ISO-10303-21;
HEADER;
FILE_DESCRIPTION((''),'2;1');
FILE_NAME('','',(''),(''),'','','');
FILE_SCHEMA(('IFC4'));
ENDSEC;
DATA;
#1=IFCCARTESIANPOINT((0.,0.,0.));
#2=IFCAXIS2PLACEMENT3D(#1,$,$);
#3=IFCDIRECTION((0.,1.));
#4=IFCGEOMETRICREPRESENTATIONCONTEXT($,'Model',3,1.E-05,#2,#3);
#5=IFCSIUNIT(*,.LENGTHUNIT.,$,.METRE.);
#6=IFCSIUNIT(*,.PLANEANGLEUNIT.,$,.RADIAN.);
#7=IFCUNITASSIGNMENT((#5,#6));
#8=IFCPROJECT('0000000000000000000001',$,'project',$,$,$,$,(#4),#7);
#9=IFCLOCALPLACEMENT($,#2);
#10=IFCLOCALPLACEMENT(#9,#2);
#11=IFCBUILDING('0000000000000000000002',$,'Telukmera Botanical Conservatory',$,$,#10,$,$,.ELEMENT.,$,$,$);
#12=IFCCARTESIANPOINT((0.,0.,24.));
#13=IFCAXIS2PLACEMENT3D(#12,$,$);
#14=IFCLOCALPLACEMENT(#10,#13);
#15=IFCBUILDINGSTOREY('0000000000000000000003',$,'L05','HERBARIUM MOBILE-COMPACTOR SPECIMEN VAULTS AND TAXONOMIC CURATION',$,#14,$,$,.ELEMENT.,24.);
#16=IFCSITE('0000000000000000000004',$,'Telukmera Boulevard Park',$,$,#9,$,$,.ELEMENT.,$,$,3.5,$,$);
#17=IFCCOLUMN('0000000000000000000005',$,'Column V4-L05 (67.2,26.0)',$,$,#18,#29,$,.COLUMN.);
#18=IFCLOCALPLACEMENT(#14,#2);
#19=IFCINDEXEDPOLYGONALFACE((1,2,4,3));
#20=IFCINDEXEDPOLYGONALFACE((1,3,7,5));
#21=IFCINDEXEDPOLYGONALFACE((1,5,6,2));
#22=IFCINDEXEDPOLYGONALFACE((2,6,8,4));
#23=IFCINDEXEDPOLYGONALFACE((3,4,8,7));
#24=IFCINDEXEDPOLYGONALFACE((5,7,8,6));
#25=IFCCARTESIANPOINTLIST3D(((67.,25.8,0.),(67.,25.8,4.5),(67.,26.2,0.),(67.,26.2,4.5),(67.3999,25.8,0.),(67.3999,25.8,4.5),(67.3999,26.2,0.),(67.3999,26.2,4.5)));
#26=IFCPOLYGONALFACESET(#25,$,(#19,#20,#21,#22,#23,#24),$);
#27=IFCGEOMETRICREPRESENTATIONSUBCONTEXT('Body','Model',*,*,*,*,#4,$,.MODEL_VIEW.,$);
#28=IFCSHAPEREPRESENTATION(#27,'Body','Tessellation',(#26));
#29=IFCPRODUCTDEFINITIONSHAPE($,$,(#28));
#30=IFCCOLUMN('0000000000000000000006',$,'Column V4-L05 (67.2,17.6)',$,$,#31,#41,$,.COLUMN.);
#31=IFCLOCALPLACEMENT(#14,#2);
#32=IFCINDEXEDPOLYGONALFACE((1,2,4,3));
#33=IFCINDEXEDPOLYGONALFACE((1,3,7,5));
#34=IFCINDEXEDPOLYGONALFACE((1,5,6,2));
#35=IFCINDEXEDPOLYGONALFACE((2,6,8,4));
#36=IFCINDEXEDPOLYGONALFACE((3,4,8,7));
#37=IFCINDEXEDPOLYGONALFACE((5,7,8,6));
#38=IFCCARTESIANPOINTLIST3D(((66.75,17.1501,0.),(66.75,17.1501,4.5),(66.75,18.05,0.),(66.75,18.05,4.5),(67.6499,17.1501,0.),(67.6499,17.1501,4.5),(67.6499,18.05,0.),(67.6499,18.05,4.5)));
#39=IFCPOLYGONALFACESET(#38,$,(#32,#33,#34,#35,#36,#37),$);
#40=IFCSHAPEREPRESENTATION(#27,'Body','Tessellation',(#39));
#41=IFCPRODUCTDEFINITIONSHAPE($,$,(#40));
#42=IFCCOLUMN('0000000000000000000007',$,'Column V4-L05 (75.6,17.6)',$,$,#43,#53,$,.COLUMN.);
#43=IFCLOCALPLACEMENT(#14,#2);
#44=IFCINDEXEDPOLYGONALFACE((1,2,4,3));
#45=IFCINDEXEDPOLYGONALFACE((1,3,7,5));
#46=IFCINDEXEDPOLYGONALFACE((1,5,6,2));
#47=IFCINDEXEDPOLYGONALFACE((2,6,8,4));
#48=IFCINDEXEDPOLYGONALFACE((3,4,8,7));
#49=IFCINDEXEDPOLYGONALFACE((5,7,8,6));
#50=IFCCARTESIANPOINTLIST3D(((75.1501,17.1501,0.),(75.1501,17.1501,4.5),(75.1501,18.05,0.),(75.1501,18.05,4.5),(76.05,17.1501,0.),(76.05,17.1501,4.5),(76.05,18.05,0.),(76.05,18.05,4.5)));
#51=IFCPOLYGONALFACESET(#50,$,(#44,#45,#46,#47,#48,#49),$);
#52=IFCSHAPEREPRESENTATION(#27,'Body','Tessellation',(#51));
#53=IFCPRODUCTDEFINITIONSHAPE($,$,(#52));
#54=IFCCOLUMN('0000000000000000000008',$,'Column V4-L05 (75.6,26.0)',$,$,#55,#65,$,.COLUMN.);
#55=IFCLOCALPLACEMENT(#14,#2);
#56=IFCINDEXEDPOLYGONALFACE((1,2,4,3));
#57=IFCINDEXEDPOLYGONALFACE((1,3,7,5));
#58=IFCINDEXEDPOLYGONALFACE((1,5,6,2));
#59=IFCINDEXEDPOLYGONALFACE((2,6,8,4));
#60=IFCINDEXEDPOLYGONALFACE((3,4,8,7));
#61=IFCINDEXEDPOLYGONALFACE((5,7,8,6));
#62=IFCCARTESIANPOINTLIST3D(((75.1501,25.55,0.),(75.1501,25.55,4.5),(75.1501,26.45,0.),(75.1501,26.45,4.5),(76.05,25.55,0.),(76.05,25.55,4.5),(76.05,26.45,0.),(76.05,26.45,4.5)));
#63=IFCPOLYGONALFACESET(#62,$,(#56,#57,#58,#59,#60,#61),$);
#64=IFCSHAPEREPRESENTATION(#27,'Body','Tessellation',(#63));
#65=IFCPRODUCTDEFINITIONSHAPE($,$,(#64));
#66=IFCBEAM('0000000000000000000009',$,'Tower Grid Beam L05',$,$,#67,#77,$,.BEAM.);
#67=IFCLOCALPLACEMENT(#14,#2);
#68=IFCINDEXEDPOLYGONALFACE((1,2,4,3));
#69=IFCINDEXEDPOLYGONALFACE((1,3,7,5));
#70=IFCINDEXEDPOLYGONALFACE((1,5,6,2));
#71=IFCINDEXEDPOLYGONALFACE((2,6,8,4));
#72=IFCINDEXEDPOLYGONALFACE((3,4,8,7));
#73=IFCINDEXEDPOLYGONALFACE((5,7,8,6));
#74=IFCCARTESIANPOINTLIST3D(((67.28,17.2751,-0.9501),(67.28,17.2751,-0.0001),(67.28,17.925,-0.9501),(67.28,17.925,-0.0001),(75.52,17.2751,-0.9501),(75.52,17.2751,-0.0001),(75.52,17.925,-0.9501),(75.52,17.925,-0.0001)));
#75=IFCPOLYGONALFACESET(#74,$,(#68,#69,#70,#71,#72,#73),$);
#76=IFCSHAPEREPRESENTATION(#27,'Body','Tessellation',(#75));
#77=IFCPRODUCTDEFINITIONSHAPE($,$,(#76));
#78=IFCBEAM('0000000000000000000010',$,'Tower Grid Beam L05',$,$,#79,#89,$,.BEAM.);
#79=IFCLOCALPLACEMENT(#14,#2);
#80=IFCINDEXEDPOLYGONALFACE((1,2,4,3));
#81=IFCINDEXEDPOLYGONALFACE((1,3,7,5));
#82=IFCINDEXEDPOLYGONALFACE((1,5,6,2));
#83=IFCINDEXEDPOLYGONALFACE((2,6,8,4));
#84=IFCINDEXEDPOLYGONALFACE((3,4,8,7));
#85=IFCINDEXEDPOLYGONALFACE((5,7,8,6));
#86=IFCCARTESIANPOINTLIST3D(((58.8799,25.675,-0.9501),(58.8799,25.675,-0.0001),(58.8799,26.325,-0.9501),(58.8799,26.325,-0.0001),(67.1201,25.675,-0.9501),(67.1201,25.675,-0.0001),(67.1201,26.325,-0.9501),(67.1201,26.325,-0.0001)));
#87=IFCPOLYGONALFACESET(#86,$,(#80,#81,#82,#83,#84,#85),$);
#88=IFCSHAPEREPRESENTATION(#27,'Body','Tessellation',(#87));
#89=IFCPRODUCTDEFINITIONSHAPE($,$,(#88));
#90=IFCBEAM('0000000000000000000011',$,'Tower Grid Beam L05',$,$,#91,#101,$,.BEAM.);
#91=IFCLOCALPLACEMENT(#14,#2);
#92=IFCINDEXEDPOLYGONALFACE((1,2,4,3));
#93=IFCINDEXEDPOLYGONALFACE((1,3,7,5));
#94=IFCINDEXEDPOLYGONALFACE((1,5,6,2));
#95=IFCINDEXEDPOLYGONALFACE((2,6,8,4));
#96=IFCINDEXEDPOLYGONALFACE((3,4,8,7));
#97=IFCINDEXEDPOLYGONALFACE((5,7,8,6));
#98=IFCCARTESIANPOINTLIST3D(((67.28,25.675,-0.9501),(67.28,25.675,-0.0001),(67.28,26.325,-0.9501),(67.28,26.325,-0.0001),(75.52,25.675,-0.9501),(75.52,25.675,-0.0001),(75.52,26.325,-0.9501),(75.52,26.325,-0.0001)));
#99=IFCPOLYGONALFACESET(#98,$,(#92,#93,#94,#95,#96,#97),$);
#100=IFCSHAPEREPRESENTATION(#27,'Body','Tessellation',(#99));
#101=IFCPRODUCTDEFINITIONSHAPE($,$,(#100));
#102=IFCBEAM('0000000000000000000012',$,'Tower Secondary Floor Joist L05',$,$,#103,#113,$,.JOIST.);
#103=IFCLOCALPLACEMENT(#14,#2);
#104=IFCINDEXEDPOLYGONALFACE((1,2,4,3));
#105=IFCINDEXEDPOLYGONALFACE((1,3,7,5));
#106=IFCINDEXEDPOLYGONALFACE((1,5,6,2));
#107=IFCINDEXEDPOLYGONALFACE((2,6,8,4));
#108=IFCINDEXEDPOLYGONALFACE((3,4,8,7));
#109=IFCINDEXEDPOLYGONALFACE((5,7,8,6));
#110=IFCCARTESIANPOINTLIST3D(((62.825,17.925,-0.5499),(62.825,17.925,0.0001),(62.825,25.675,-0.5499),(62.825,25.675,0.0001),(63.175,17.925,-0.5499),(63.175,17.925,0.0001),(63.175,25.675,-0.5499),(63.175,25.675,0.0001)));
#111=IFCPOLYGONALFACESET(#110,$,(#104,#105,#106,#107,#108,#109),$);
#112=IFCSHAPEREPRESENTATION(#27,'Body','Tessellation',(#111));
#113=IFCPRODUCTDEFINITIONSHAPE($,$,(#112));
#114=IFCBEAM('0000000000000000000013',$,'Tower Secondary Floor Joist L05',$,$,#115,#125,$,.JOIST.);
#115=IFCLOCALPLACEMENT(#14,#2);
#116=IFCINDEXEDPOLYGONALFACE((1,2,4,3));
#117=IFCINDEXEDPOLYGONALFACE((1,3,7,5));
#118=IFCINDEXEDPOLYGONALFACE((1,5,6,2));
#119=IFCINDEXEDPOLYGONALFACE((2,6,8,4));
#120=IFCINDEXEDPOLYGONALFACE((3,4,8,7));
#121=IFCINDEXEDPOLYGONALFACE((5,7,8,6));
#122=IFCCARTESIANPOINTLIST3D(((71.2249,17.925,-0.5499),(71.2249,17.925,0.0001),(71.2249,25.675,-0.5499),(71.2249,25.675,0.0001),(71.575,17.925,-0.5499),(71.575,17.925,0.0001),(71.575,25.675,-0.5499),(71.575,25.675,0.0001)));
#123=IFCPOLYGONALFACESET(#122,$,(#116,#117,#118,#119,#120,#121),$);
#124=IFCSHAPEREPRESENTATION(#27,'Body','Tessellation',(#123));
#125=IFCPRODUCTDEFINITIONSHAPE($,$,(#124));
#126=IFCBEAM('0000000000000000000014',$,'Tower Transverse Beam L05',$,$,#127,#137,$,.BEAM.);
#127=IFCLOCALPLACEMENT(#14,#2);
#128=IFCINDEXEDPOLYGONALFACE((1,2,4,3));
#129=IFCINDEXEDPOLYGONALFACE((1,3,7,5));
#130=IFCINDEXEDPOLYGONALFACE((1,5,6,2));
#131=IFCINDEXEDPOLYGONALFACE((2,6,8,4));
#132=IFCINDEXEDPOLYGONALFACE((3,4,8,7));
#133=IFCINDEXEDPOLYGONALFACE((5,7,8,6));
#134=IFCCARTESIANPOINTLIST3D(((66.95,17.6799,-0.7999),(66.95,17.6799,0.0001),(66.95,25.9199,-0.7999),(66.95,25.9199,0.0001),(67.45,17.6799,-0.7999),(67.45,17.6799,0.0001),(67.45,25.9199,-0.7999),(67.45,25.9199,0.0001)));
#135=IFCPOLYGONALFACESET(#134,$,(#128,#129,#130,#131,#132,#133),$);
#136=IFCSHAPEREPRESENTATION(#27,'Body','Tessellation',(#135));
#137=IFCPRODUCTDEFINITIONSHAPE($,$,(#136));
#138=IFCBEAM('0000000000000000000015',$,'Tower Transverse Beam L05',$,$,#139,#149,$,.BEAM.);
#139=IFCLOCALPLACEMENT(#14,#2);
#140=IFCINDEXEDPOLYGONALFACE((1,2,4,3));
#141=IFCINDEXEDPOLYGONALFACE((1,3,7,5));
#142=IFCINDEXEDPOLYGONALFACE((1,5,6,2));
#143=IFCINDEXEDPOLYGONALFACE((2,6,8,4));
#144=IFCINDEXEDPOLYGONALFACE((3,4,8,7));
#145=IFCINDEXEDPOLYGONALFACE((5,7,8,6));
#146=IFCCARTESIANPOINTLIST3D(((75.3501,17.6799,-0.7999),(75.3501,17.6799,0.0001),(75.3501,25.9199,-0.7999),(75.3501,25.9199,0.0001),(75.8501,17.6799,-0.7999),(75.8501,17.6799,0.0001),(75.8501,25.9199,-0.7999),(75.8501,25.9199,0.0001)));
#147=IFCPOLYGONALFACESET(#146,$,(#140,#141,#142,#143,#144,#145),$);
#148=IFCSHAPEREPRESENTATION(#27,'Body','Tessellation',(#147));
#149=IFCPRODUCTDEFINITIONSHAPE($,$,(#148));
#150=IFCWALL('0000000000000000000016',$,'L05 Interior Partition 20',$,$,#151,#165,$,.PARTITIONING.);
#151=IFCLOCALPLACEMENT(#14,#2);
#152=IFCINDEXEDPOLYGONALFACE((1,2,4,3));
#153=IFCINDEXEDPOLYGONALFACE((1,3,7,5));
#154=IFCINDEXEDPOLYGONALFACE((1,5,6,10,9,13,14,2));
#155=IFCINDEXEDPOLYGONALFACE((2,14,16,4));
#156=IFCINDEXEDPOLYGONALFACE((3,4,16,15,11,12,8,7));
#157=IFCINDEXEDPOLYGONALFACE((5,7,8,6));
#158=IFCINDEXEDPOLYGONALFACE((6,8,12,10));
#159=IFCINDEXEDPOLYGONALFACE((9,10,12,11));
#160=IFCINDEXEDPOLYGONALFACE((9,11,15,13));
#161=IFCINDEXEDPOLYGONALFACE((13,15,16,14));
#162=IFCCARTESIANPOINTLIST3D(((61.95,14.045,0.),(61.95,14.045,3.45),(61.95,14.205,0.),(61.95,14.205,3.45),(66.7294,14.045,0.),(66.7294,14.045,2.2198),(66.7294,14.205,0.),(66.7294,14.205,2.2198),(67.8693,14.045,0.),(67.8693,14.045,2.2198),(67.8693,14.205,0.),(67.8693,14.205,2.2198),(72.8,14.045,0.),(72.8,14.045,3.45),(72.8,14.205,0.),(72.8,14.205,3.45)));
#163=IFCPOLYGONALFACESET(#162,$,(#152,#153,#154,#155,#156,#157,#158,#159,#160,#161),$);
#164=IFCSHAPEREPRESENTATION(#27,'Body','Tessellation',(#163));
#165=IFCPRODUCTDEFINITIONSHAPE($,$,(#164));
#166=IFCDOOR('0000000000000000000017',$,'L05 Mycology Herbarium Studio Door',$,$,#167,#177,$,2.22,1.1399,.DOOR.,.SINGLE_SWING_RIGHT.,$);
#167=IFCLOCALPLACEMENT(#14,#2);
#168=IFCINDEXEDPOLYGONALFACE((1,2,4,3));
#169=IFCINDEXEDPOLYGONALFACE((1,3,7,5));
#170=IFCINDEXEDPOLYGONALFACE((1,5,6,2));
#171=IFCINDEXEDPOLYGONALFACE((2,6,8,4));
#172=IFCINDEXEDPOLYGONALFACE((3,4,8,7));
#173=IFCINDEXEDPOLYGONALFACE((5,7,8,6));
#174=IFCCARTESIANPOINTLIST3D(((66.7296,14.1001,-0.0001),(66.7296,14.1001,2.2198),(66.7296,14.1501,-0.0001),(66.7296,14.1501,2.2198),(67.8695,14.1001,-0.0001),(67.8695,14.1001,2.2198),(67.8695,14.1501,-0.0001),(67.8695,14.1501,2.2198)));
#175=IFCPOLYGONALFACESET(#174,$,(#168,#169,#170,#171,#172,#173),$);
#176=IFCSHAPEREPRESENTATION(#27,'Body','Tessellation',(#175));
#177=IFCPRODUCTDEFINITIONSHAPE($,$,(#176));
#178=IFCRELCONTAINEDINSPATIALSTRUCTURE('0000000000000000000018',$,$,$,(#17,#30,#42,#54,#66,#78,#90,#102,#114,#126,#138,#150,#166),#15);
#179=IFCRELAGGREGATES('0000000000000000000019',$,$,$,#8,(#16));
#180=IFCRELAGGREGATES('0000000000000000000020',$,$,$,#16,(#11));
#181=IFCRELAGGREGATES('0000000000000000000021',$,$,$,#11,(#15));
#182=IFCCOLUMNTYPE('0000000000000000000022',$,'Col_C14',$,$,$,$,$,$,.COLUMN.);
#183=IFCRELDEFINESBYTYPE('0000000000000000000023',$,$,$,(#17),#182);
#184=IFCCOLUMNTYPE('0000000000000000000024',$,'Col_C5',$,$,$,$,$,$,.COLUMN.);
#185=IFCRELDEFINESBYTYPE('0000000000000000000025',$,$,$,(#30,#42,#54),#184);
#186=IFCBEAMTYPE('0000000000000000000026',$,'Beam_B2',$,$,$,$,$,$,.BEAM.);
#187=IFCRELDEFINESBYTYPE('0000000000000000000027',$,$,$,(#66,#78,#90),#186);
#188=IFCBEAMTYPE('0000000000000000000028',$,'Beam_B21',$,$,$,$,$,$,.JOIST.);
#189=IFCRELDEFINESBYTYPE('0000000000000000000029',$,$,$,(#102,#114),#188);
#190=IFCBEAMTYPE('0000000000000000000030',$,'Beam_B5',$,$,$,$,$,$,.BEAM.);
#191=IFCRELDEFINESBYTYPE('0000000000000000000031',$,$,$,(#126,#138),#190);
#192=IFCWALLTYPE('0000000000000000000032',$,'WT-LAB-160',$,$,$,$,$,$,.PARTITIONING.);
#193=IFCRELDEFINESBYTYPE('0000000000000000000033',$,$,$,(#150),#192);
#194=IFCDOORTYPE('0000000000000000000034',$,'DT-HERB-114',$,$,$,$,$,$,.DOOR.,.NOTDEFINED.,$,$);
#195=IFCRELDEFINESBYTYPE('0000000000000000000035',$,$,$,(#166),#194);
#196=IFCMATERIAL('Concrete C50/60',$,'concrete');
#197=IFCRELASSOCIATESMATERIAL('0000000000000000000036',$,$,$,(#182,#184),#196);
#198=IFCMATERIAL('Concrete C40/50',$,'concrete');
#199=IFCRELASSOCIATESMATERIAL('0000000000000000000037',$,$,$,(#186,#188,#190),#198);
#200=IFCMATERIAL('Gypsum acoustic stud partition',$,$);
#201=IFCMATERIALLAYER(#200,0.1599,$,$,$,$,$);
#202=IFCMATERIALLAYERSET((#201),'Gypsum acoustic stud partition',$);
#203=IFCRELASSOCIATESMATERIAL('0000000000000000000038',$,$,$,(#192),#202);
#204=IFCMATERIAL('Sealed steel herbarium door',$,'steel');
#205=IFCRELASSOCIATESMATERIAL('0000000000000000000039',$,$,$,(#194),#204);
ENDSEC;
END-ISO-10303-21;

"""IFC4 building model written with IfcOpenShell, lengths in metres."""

from ifc_helpers import new_model, si_unit, direction, frame, frame_2d, origin, origin_2d, place, context, subcontext, project, spatial, rectangle, extrude, material, layer, layer_set, material_profile, profile_set, type_object, element, fill, save


model = new_model("IFC4")

# Units and contexts
model_context = context("Model", 3, precision=1e-05, world=origin(), true_north=direction((0.0, 1.0)))
body_context = subcontext(model_context, "Body", "Model", "MODEL_VIEW")
ifc_project = project(units=[si_unit("LENGTHUNIT", "METRE"), si_unit("PLANEANGLEUNIT", "RADIAN")], contexts=[model_context])

# Site, building, storey
site_placement = place(None, origin())
site = spatial("IfcSite", under=ifc_project, at=site_placement, Name="Telukmera Boulevard Park", CompositionType="ELEMENT", RefElevation=3.5)
building_placement = place(site_placement, origin())
building = spatial("IfcBuilding", under=site, at=building_placement, Name="Telukmera Botanical Conservatory", CompositionType="ELEMENT")
storey_placement = place(building_placement, frame((0.0, 0.0, 24.0)))
storey = spatial("IfcBuildingStorey", under=building, at=storey_placement, Name="L05", Description="HERBARIUM MOBILE-COMPACTOR SPECIMEN VAULTS AND TAXONOMIC CURATION", CompositionType="ELEMENT", Elevation=24.0)

# Columns
ifc_material_1 = material(Name="Concrete C50/60", Category="concrete")
ifc_material_profile_1 = material_profile(ifc_material_1, rectangle(XDim=0.3999, YDim=0.3999, at=origin_2d()), Name="RC 400x400")
ifc_profile_set_1 = profile_set([ifc_material_profile_1], Name="Concrete C50/60")
column_type_1 = type_object("IfcColumnType", Name="Col_C14", PredefinedType="COLUMN", material=ifc_profile_set_1)
column_placement = place(storey_placement, frame((67.2, 26.0, 0.0), z_axis=(0.0, 0.0, 1.0), x_axis=(1.0, 0.0, 0.0)))
element("IfcColumn", 1, at=column_placement, inside=storey, type_object=column_type_1, Name="Column V4-L05 (67.2,26.0)", PredefinedType="COLUMN", context=body_context, shape_type="SweptSolid", body=[
    extrude(rectangle(XDim=0.3999, YDim=0.3999, at=origin_2d()), origin(), (0.0, 0.0, 1.0), 4.5),
])
ifc_material_profile_2 = material_profile(ifc_material_1, rectangle(XDim=0.8999, YDim=0.8999, at=origin_2d()), Name="RC 900x900")
ifc_profile_set_2 = profile_set([ifc_material_profile_2], Name="Concrete C50/60")
column_type_2 = type_object("IfcColumnType", Name="Col_C5", PredefinedType="COLUMN", material=ifc_profile_set_2)
for number, where, z_axis, x_axis, name in (
    (2, (67.2, 17.6001, 0.0), (0.0, 0.0, 1.0), (1.0, 0.0, 0.0), "Column V4-L05 (67.2,17.6)"),
    (3, (75.6001, 17.6001, 0.0), (0.0, 0.0, 1.0), (1.0, 0.0, 0.0), "Column V4-L05 (75.6,17.6)"),
    (4, (75.6001, 26.0, 0.0), (0.0, 0.0, 1.0), (1.0, 0.0, 0.0), "Column V4-L05 (75.6,26.0)"),
):
    element("IfcColumn", number, at=place(storey_placement, frame(where, z_axis=z_axis, x_axis=x_axis)), inside=storey, type_object=column_type_2, Name=name, PredefinedType="COLUMN", context=body_context, shape_type="SweptSolid", body=[
        extrude(rectangle(XDim=0.8999, YDim=0.8999, at=origin_2d()), origin(), (0.0, 0.0, 1.0), 4.5),
    ])

# Beams
ifc_material_2 = material(Name="Concrete C40/50", Category="concrete")
ifc_material_profile_3 = material_profile(ifc_material_2, rectangle(XDim=0.6499, YDim=0.95, at=origin_2d()), Name="RC 650x950")
ifc_profile_set_3 = profile_set([ifc_material_profile_3], Name="Concrete C40/50")
beam_type_1 = type_object("IfcBeamType", Name="Beam_B2", PredefinedType="BEAM", material=ifc_profile_set_3)
beam_1_placement = place(storey_placement, frame((67.28, 17.6001, -0.4751), z_axis=(1.0, 0.0, 0.0), x_axis=(0.0, 1.0, 0.0)))
element("IfcBeam", 5, at=beam_1_placement, inside=storey, type_object=beam_type_1, Name="Tower Grid Beam L05", PredefinedType="BEAM", context=body_context, shape_type="SweptSolid", body=[
    extrude(rectangle(XDim=0.6499, YDim=0.95, at=origin_2d()), origin(), (0.0, 0.0, 1.0), 8.24),
])
beam_2_placement = place(storey_placement, frame((58.8799, 26.0, -0.4751), z_axis=(1.0, 0.0, 0.0), x_axis=(0.0, 1.0, 0.0)))
element("IfcBeam", 6, at=beam_2_placement, inside=storey, type_object=beam_type_1, Name="Tower Grid Beam L05", PredefinedType="BEAM", context=body_context, shape_type="SweptSolid", body=[
    extrude(rectangle(XDim=0.6499, YDim=0.95, at=origin_2d()), origin(), (0.0, 0.0, 1.0), 8.2402),
])
beam_3_placement = place(storey_placement, frame((67.28, 26.0, -0.4751), z_axis=(1.0, 0.0, 0.0), x_axis=(0.0, 1.0, 0.0)))
element("IfcBeam", 7, at=beam_3_placement, inside=storey, type_object=beam_type_1, Name="Tower Grid Beam L05", PredefinedType="BEAM", context=body_context, shape_type="SweptSolid", body=[
    extrude(rectangle(XDim=0.6499, YDim=0.95, at=origin_2d()), origin(), (0.0, 0.0, 1.0), 8.24),
])
ifc_material_profile_4 = material_profile(ifc_material_2, rectangle(XDim=0.3501, YDim=0.55, at=origin_2d()), Name="RC 350x550")
ifc_profile_set_4 = profile_set([ifc_material_profile_4], Name="Concrete C40/50")
beam_type_2 = type_object("IfcBeamType", Name="Beam_B21", PredefinedType="JOIST", material=ifc_profile_set_4)
for number, where, z_axis, x_axis, name in (
    (8, (63.0, 17.925, -0.2749), (0.0, 1.0, 0.0), (-1.0, 0.0, 0.0), "Tower Secondary Floor Joist L05"),
    (9, (71.3999, 17.925, -0.2749), (0.0, 1.0, 0.0), (-1.0, 0.0, 0.0), "Tower Secondary Floor Joist L05"),
):
    element("IfcBeam", number, at=place(storey_placement, frame(where, z_axis=z_axis, x_axis=x_axis)), inside=storey, type_object=beam_type_2, Name=name, PredefinedType="JOIST", context=body_context, shape_type="SweptSolid", body=[
        extrude(rectangle(XDim=0.3501, YDim=0.55, at=origin_2d()), origin(), (0.0, 0.0, 1.0), 7.75),
    ])
ifc_material_profile_5 = material_profile(ifc_material_2, rectangle(XDim=0.5, YDim=0.8, at=origin_2d()), Name="RC 500x800")
ifc_profile_set_5 = profile_set([ifc_material_profile_5], Name="Concrete C40/50")
beam_type_3 = type_object("IfcBeamType", Name="Beam_B5", PredefinedType="BEAM", material=ifc_profile_set_5)
for number, where, z_axis, x_axis, name in (
    (10, (67.2, 17.6799, -0.3999), (0.0, 1.0, 0.0), (-1.0, 0.0, 0.0), "Tower Transverse Beam L05"),
    (11, (75.6001, 17.6799, -0.3999), (0.0, 1.0, 0.0), (-1.0, 0.0, 0.0), "Tower Transverse Beam L05"),
):
    element("IfcBeam", number, at=place(storey_placement, frame(where, z_axis=z_axis, x_axis=x_axis)), inside=storey, type_object=beam_type_3, Name=name, PredefinedType="BEAM", context=body_context, shape_type="SweptSolid", body=[
        extrude(rectangle(XDim=0.5, YDim=0.8, at=origin_2d()), origin(), (0.0, 0.0, 1.0), 8.24),
    ])

# Wall, opening, door
ifc_material_3 = material(Name="Gypsum acoustic stud partition")
ifc_layer_1 = layer(ifc_material_3, 0.1599)
ifc_layer_set_1 = layer_set([ifc_layer_1], Name="Gypsum acoustic stud partition")
wall_type_1 = type_object("IfcWallType", Name="WT-LAB-160", PredefinedType="PARTITIONING", material=ifc_layer_set_1)
wall_1_placement = place(storey_placement, frame((61.95, 14.125, 0.0), z_axis=(0.0, 0.0, 1.0), x_axis=(1.0, 0.0, 0.0)))
wall_1 = element("IfcWall", 12, at=wall_1_placement, inside=storey, type_object=wall_type_1, Name="L05 Interior Partition 20", PredefinedType="PARTITIONING", context=body_context, shape_type="SweptSolid", body=[
    extrude(rectangle(XDim=10.8501, YDim=0.1599, at=frame_2d((5.425, 0.0))), origin(), (0.0, 0.0, 1.0), 3.45),
])
opening_1_placement = place(wall_1_placement, frame((4.7795, 0.0, 0.0)))
opening_1 = element("IfcOpeningElement", 13, at=opening_1_placement, cuts=wall_1, PredefinedType="OPENING", context=body_context, shape_type="SweptSolid", body=[
    extrude(rectangle(XDim=1.1399, YDim=2.22, at=frame_2d((0.5698, 1.1099))), frame((0.0, 0.0898, 0.0), z_axis=(0.0, -1.0, 0.0), x_axis=(1.0, 0.0, 0.0)), (0.0, 0.0, 1.0), 0.1799),
])
ifc_material_4 = material(Name="Sealed steel herbarium door", Category="steel")
door_type_1 = type_object("IfcDoorType", Name="DT-HERB-114", OperationType="NOTDEFINED", PredefinedType="DOOR", material=ifc_material_4)
door_1_placement = place(opening_1_placement, frame((1.1399, 0.0, 0.0), z_axis=(0.0, 0.0, 1.0), x_axis=(-1.0, 0.0, 0.0)))
door_1 = element("IfcDoor", 14, at=door_1_placement, inside=storey, type_object=door_type_1, Name="L05 Mycology Herbarium Studio Door", OperationType="SINGLE_SWING_RIGHT", OverallHeight=2.22, OverallWidth=1.1399, PredefinedType="DOOR", context=body_context, shape_type="SweptSolid", body=[
    extrude(rectangle(XDim=1.1399, YDim=2.22, at=frame_2d((0.5698, 1.1099))), frame((0.0, 0.0249, 0.0), z_axis=(0.0, -1.0, 0.0), x_axis=(1.0, 0.0, 0.0)), (0.0, 0.0, 1.0), 0.05),
])
fill(opening_1, door_1)

save(model, "model.ifc")
